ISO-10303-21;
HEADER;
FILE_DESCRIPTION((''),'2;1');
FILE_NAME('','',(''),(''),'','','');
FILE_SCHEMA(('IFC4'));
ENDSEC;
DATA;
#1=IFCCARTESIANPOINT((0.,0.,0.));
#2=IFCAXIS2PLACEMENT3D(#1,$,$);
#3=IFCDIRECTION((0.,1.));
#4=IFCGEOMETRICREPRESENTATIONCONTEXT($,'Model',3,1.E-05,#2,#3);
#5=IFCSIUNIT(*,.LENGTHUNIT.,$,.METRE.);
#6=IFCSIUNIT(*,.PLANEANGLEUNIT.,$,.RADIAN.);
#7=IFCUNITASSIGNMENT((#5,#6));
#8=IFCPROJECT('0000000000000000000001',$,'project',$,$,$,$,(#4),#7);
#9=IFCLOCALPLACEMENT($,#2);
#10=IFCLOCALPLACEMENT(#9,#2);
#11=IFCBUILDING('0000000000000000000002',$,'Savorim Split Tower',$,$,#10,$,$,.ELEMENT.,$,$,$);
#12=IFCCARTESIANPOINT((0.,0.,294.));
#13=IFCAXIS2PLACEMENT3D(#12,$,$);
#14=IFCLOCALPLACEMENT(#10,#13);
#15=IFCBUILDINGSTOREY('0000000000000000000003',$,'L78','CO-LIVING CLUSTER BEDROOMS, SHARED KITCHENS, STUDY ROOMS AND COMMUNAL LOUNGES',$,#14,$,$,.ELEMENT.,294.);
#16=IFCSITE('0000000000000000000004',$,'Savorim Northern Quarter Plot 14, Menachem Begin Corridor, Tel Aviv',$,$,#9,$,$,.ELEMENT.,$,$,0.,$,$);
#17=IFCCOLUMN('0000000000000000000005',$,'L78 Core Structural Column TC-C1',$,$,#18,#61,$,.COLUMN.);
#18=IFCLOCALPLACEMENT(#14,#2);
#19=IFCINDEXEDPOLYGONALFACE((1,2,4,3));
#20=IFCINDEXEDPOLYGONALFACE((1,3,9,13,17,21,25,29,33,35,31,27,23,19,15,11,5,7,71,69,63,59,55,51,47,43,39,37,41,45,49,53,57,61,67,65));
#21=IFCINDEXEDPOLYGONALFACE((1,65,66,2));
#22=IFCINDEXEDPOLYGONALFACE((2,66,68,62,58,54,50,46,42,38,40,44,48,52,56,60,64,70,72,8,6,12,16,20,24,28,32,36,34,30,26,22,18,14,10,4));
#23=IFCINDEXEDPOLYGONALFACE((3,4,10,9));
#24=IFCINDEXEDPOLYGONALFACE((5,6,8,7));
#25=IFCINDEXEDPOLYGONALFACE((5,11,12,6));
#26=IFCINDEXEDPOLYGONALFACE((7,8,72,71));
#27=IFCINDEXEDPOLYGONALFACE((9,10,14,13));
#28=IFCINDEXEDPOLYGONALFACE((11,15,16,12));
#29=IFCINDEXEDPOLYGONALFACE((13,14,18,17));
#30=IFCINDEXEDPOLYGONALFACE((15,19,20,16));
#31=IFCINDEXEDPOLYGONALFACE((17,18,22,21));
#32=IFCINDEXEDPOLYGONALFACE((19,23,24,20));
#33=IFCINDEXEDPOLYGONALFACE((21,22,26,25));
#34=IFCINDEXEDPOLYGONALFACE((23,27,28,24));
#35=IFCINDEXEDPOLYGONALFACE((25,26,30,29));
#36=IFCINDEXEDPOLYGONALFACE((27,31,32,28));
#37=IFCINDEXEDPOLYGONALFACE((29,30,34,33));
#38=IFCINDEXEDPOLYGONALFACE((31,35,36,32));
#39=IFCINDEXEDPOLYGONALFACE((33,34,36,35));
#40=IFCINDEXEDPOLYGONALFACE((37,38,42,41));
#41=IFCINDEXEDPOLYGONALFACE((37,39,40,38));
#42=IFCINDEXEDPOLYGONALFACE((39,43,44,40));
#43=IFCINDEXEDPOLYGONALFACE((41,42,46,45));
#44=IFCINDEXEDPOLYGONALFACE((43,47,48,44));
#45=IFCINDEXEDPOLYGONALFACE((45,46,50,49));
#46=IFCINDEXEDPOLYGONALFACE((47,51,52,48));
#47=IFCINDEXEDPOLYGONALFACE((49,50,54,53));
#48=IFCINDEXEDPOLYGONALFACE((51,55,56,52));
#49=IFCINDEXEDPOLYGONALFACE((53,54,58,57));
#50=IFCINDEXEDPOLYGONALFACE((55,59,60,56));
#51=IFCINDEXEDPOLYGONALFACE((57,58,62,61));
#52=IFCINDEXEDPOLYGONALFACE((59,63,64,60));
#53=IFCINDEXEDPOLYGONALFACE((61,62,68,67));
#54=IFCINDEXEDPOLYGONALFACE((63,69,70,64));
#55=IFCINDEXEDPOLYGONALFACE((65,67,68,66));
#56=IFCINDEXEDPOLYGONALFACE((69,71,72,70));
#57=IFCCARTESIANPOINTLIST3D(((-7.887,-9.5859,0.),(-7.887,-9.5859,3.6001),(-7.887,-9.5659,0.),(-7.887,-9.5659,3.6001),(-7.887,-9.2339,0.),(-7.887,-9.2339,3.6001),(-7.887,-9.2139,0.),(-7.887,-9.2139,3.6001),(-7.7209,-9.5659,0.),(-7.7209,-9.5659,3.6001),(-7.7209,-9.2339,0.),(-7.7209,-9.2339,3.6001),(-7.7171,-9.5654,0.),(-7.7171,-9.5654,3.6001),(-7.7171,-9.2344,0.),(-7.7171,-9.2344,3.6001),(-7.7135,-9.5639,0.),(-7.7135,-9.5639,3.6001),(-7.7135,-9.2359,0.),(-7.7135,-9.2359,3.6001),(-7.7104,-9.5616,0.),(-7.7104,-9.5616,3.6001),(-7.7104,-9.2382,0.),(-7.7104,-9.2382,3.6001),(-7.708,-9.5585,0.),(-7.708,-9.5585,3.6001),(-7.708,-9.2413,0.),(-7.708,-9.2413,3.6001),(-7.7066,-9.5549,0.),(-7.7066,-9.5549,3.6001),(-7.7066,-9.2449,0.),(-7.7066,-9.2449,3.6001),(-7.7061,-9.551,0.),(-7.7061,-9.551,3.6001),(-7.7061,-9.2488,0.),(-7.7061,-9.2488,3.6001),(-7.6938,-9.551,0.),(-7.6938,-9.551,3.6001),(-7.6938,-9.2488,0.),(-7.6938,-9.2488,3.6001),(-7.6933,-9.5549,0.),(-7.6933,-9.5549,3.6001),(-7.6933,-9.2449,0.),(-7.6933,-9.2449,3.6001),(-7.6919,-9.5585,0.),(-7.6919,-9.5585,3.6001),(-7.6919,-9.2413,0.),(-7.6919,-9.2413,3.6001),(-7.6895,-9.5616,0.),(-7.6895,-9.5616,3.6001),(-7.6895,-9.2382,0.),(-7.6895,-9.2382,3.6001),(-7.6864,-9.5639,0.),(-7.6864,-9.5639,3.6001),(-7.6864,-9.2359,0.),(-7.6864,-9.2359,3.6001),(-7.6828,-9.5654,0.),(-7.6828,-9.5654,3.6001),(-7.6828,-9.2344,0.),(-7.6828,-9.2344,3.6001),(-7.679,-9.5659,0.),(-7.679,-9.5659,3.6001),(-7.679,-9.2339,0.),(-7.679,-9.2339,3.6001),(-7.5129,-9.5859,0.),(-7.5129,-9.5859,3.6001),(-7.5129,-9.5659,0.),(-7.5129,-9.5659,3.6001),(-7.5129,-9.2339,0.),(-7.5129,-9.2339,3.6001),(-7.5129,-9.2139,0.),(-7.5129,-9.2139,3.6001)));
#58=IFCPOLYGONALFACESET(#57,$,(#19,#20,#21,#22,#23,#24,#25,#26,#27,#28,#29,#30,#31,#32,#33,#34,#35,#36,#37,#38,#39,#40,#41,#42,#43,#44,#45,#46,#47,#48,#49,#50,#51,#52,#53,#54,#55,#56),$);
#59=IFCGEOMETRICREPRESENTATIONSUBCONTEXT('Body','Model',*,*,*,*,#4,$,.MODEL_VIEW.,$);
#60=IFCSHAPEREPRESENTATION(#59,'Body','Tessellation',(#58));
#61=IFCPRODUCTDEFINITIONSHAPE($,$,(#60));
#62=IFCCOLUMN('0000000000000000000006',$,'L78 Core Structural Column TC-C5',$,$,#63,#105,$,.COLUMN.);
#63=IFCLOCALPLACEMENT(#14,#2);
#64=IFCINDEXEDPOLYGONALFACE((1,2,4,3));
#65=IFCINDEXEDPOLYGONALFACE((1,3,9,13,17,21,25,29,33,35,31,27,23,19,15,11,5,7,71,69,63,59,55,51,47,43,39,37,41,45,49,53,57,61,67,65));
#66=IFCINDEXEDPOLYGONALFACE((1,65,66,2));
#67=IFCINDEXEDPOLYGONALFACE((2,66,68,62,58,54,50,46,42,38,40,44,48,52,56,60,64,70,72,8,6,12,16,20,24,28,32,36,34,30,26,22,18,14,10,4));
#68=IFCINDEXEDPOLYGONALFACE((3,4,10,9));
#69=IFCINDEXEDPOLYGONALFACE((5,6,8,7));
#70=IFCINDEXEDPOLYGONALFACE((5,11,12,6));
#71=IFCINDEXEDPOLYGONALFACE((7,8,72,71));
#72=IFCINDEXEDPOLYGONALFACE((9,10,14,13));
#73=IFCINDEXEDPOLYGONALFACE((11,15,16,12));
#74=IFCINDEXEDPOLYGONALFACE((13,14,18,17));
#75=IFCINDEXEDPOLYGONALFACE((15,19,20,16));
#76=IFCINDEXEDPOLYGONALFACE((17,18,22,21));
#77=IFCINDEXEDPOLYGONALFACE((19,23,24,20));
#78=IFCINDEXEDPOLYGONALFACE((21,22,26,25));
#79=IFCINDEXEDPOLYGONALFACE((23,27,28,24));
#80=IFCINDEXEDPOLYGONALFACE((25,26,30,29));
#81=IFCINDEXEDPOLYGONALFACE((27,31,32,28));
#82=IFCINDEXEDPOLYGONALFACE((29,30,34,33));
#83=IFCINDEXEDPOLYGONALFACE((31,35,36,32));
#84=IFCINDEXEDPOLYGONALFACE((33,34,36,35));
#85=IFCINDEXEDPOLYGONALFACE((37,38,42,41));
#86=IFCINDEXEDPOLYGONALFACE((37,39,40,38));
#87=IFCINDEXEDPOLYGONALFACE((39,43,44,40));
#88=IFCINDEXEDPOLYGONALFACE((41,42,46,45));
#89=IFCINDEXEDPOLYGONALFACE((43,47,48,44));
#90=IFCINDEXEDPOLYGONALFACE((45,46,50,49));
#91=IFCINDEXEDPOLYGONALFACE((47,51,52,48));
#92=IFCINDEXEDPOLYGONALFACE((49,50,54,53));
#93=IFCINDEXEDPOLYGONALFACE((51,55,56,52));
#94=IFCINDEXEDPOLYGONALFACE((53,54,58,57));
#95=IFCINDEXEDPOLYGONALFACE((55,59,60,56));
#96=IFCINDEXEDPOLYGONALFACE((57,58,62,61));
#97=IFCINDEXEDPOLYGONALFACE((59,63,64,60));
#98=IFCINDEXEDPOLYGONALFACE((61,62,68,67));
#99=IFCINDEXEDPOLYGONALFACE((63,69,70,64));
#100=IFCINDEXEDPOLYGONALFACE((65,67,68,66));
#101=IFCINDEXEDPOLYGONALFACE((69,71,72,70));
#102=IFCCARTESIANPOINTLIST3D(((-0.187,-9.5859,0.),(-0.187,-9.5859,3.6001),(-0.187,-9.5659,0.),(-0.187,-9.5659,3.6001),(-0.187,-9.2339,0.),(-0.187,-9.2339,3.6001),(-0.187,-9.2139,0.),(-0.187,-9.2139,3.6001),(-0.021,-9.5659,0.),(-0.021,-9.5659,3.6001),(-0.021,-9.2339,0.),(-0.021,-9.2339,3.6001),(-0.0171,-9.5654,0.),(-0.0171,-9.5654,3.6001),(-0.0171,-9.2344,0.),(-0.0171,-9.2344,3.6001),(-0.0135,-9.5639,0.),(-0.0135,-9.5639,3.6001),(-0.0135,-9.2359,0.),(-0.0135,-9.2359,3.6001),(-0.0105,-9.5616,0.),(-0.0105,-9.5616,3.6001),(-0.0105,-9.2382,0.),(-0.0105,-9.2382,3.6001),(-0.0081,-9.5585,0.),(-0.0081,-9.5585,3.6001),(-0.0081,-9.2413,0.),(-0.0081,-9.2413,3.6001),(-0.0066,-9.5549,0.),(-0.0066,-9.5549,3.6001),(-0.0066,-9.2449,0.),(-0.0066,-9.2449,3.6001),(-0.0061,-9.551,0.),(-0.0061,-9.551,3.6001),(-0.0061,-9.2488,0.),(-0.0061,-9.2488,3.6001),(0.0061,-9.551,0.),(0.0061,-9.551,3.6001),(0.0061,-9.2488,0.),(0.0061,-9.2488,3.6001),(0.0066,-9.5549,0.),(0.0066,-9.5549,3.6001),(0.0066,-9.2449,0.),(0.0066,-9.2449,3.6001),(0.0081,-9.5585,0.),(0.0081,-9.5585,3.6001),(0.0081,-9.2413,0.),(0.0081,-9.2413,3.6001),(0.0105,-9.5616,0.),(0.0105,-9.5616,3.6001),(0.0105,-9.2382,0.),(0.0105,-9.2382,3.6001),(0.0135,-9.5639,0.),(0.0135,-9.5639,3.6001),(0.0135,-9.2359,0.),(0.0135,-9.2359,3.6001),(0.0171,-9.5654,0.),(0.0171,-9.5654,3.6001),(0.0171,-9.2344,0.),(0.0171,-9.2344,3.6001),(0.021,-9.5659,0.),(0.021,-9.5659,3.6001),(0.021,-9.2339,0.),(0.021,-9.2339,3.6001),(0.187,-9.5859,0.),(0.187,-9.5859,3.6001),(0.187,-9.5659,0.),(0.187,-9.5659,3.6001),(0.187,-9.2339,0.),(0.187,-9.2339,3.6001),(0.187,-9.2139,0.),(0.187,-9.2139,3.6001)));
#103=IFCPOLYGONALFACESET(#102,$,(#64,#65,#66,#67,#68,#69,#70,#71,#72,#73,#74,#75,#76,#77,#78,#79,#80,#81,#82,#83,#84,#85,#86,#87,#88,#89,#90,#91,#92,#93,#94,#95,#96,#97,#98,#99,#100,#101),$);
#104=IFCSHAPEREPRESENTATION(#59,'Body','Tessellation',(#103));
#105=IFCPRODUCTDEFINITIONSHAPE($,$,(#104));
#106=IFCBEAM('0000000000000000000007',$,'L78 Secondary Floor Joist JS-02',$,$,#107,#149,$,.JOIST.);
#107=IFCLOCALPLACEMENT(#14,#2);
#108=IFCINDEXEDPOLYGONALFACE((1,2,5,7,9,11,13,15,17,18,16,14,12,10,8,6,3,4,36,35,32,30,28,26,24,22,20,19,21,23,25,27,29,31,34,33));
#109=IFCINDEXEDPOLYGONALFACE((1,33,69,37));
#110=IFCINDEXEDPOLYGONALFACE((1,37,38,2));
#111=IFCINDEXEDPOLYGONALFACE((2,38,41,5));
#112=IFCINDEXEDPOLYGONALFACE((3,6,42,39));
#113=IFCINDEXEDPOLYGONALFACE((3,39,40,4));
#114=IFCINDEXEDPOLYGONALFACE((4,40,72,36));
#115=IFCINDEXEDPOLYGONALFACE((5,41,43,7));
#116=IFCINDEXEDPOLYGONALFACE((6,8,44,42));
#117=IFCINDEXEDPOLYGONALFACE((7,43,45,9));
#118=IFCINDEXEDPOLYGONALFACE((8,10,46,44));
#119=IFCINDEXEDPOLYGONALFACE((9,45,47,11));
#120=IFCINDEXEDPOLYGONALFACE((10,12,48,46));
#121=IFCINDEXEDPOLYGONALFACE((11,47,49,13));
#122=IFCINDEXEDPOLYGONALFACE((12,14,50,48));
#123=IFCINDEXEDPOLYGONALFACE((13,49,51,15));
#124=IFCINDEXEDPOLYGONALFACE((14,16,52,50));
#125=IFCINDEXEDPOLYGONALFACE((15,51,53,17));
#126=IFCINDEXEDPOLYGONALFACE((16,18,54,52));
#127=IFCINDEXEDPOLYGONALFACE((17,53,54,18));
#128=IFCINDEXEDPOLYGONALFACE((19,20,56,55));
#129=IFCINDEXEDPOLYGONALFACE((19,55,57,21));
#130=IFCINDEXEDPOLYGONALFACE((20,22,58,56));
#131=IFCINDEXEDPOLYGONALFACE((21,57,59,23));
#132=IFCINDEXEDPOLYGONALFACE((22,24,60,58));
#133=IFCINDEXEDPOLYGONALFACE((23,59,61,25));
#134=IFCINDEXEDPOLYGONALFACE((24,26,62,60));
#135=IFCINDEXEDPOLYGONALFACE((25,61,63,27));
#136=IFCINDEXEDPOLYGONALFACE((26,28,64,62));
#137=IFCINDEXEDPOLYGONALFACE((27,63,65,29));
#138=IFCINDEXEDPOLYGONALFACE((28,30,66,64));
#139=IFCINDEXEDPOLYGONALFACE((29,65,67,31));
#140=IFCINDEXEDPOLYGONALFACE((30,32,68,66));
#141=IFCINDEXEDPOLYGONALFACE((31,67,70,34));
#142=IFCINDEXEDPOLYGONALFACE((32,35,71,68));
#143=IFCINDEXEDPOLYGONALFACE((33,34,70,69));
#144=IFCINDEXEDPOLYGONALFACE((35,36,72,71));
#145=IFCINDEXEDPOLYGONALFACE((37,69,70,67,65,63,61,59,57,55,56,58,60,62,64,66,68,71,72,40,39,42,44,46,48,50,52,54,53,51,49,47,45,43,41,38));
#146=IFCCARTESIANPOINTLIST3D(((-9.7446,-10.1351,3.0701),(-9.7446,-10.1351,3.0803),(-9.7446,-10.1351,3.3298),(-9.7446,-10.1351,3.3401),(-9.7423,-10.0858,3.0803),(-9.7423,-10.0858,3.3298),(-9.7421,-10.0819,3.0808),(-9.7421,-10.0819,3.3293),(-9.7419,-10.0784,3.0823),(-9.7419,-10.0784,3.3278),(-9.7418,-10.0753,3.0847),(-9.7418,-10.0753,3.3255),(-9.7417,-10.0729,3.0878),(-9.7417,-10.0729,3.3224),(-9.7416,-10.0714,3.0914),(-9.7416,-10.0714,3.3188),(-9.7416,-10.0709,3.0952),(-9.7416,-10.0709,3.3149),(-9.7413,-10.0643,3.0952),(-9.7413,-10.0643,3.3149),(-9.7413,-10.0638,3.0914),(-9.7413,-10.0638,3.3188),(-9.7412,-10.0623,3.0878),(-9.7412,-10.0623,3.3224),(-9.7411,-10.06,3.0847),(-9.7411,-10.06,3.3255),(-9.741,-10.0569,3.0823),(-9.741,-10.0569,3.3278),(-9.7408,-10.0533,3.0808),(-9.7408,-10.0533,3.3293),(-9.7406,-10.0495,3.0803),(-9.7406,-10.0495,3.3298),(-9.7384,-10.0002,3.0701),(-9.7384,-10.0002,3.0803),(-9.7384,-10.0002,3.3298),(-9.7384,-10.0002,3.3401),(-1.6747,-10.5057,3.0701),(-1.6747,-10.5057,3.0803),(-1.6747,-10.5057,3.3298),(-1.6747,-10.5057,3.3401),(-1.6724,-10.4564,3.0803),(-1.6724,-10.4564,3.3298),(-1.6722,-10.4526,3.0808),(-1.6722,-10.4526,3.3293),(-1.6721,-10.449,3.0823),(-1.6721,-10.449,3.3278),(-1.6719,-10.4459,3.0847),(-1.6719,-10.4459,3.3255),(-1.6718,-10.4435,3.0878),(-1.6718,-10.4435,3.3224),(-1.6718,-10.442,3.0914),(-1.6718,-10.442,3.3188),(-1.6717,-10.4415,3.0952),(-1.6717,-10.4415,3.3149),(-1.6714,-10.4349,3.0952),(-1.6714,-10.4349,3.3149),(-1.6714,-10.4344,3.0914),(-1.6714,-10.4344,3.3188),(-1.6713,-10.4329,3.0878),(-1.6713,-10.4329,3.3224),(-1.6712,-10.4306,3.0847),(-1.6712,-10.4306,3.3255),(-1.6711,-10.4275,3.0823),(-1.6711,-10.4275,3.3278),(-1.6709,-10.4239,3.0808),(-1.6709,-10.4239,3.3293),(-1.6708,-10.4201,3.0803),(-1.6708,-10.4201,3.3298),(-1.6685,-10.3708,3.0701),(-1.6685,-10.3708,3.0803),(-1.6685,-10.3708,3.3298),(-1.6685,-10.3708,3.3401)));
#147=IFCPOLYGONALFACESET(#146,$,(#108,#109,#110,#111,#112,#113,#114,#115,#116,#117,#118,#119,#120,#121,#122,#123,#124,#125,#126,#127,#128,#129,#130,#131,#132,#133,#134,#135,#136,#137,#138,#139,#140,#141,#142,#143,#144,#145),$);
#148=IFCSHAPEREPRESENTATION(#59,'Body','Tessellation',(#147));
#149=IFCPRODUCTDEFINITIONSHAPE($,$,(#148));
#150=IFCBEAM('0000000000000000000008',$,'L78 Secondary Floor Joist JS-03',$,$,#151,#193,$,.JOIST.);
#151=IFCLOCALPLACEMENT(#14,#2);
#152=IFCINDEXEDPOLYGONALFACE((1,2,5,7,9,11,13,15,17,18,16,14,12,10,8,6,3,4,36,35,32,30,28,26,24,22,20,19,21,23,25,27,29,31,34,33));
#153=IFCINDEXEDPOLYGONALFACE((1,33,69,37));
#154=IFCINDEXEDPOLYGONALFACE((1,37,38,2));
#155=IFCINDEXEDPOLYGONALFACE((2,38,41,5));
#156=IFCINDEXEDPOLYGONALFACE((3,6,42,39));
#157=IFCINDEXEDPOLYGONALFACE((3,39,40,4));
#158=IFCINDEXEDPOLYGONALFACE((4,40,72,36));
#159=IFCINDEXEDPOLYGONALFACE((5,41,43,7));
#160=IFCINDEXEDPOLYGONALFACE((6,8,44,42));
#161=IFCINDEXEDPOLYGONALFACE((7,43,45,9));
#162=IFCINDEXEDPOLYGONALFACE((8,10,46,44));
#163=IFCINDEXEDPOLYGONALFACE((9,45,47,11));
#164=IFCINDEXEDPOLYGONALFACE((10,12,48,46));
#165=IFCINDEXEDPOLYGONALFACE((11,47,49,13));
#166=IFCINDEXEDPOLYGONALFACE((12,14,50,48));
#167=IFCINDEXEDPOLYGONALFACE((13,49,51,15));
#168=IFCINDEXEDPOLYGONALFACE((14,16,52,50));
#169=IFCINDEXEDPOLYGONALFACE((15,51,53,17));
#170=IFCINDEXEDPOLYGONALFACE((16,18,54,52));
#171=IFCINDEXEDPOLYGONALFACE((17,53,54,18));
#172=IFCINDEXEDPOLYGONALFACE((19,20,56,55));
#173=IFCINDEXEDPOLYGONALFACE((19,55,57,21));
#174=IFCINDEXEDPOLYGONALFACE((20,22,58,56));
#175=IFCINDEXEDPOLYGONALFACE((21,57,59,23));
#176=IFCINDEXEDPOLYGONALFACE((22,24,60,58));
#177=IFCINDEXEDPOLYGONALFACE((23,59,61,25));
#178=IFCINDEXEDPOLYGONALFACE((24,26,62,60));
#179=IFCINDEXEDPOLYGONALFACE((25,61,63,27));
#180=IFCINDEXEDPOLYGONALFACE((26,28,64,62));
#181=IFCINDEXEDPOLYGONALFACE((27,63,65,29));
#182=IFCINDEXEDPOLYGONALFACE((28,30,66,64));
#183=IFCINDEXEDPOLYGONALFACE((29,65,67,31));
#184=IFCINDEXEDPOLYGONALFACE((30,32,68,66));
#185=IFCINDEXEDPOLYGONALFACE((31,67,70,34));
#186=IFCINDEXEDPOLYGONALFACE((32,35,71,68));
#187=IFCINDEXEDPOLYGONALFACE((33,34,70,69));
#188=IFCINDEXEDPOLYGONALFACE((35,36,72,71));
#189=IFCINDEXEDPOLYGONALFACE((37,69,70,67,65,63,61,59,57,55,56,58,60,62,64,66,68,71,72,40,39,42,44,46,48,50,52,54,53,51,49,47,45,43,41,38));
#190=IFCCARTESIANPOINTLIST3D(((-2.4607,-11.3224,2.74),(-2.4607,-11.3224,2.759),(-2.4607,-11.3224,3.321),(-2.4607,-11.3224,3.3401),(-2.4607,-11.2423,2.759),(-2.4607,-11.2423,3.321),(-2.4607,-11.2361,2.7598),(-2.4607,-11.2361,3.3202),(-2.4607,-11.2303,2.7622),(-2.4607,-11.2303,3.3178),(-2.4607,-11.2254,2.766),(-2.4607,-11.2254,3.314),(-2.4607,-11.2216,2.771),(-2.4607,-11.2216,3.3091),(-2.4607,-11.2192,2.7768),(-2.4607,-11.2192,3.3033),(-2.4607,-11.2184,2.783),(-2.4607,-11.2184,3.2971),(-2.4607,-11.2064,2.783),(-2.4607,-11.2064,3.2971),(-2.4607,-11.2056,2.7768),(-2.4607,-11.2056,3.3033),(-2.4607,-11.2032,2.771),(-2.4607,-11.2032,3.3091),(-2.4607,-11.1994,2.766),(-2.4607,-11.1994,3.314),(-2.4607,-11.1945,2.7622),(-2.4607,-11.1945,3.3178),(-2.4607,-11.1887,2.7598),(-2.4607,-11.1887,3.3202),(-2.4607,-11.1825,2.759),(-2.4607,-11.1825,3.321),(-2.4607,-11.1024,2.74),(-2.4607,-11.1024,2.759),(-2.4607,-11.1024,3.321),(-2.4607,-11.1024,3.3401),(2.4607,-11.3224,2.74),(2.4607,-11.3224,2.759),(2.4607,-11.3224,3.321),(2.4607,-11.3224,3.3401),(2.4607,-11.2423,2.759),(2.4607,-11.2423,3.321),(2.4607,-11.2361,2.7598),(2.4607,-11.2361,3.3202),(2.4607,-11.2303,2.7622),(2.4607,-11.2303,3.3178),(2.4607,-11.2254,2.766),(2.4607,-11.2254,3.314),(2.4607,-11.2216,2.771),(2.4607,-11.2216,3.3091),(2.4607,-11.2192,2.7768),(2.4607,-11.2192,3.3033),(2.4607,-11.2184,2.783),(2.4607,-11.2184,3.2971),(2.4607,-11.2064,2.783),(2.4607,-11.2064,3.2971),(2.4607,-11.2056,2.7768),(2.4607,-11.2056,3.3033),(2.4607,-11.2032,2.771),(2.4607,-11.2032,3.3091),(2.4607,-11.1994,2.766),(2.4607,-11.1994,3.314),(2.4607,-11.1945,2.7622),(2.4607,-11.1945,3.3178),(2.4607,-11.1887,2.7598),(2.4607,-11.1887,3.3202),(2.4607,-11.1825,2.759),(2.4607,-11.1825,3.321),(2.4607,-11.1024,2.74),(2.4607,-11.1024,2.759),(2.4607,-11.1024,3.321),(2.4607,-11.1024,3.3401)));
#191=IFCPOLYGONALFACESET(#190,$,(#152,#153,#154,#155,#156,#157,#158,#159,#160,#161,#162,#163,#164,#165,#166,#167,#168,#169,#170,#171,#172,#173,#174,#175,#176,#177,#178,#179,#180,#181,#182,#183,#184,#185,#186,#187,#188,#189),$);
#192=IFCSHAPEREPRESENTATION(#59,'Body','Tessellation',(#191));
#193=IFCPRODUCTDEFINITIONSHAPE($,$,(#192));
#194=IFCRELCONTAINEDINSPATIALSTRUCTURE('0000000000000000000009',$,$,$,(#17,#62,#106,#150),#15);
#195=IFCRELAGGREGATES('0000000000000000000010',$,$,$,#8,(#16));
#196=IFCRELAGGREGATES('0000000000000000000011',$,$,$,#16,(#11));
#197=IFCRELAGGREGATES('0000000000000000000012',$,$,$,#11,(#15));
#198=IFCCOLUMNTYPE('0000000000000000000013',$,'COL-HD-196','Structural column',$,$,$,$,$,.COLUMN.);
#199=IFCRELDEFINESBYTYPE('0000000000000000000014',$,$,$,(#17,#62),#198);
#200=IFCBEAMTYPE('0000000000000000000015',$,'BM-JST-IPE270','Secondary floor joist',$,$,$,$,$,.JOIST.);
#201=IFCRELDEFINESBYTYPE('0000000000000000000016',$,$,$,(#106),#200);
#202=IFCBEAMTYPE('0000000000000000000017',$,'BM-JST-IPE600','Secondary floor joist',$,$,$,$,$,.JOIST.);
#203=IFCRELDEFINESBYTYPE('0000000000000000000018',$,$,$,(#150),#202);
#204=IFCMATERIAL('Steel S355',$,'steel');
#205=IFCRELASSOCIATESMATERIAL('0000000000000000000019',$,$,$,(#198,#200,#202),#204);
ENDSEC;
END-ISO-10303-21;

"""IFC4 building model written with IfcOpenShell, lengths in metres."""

from ifc_helpers import new_model, si_unit, direction, frame, origin, origin_2d, place, context, subcontext, project, spatial, i_section, extrude, material, material_profile, profile_set, type_object, element, save


model = new_model("IFC4")

# Units and contexts
model_context = context("Model", 3, precision=1e-05, world=origin(), true_north=direction((0.0, 1.0)))
body_context = subcontext(model_context, "Body", "Model", "MODEL_VIEW")
ifc_project = project(units=[si_unit("LENGTHUNIT", "METRE"), si_unit("PLANEANGLEUNIT", "RADIAN")], contexts=[model_context])

# Site, building, storey
site_placement = place(None, origin())
site = spatial("IfcSite", under=ifc_project, at=site_placement, Name="Savorim Northern Quarter Plot 14, Menachem Begin Corridor, Tel Aviv", CompositionType="ELEMENT", RefElevation=0.0)
building_placement = place(site_placement, origin())
building = spatial("IfcBuilding", under=site, at=building_placement, Name="Savorim Split Tower", CompositionType="ELEMENT")
storey_placement = place(building_placement, frame((0.0, 0.0, 294.0)))
storey = spatial("IfcBuildingStorey", under=building, at=storey_placement, Name="L78", Description="CO-LIVING CLUSTER BEDROOMS, SHARED KITCHENS, STUDY ROOMS AND COMMUNAL LOUNGES", CompositionType="ELEMENT", Elevation=294.0)

# Columns
ifc_material_1 = material(Name="Steel S355", Category="steel")
ifc_material_profile_1 = material_profile(ifc_material_1, i_section(OverallWidth=0.374, OverallDepth=0.3721, WebThickness=0.0122, FlangeThickness=0.02, FilletRadius=0.0149, at=origin_2d()), Name="HD 360x196")
ifc_profile_set_1 = profile_set([ifc_material_profile_1], Name="Steel S355")
column_type = type_object("IfcColumnType", Name="COL-HD-196", Description="Structural column", PredefinedType="COLUMN", material=ifc_profile_set_1)
for number, where, z_axis, x_axis, name in (
    (1, (-7.7, -9.3999, 0.0), (0.0, 0.0, 1.0), (1.0, 0.0, 0.0), "L78 Core Structural Column TC-C1"),
    (2, (0.0, -9.3999, 0.0), (0.0, 0.0, 1.0), (1.0, 0.0, 0.0), "L78 Core Structural Column TC-C5"),
):
    element("IfcColumn", number, at=place(storey_placement, frame(where, z_axis=z_axis, x_axis=x_axis)), inside=storey, type_object=column_type, Name=name, PredefinedType="COLUMN", context=body_context, shape_type="SweptSolid", body=[
        extrude(i_section(OverallWidth=0.374, OverallDepth=0.3721, WebThickness=0.0122, FlangeThickness=0.02, FilletRadius=0.0149, at=origin_2d()), origin(), (0.0, 0.0, 1.0), 3.6001),
    ])

# Beams
ifc_material_profile_2 = material_profile(ifc_material_1, i_section(OverallWidth=0.135, OverallDepth=0.27, WebThickness=0.0066, FlangeThickness=0.0103, FilletRadius=0.0149, at=origin_2d()), Name="IPE 270")
ifc_profile_set_2 = profile_set([ifc_material_profile_2], Name="Steel S355")
beam_type_1 = type_object("IfcBeamType", Name="BM-JST-IPE270", Description="Secondary floor joist", PredefinedType="JOIST", material=ifc_profile_set_2)
beam_1_placement = place(storey_placement, frame((-9.7415, -10.0676, 3.2051), z_axis=(0.998947, -0.045876, 0.0), x_axis=(0.045876, 0.998947, 0.0)))
element("IfcBeam", 3, at=beam_1_placement, inside=storey, type_object=beam_type_1, Name="L78 Secondary Floor Joist JS-02", PredefinedType="JOIST", context=body_context, shape_type="SweptSolid", body=[
    extrude(i_section(OverallWidth=0.135, OverallDepth=0.27, WebThickness=0.0066, FlangeThickness=0.0103, FilletRadius=0.0149, at=origin_2d()), origin(), (0.0, 0.0, 1.0), 8.0784),
])
ifc_material_profile_3 = material_profile(ifc_material_1, i_section(OverallWidth=0.22, OverallDepth=0.6001, WebThickness=0.012, FlangeThickness=0.019, FilletRadius=0.0239, at=origin_2d()), Name="IPE 600")
ifc_profile_set_3 = profile_set([ifc_material_profile_3], Name="Steel S355")
beam_type_2 = type_object("IfcBeamType", Name="BM-JST-IPE600", Description="Secondary floor joist", PredefinedType="JOIST", material=ifc_profile_set_3)
beam_2_placement = place(storey_placement, frame((-2.4607, -11.2124, 3.04), z_axis=(1.0, 0.0, 0.0), x_axis=(0.0, 1.0, 0.0)))
element("IfcBeam", 4, at=beam_2_placement, inside=storey, type_object=beam_type_2, Name="L78 Secondary Floor Joist JS-03", PredefinedType="JOIST", context=body_context, shape_type="SweptSolid", body=[
    extrude(i_section(OverallWidth=0.22, OverallDepth=0.6001, WebThickness=0.012, FlangeThickness=0.019, FilletRadius=0.0239, at=origin_2d()), origin(), (0.0, 0.0, 1.0), 4.9214),
])

save(model, "model.ifc")
